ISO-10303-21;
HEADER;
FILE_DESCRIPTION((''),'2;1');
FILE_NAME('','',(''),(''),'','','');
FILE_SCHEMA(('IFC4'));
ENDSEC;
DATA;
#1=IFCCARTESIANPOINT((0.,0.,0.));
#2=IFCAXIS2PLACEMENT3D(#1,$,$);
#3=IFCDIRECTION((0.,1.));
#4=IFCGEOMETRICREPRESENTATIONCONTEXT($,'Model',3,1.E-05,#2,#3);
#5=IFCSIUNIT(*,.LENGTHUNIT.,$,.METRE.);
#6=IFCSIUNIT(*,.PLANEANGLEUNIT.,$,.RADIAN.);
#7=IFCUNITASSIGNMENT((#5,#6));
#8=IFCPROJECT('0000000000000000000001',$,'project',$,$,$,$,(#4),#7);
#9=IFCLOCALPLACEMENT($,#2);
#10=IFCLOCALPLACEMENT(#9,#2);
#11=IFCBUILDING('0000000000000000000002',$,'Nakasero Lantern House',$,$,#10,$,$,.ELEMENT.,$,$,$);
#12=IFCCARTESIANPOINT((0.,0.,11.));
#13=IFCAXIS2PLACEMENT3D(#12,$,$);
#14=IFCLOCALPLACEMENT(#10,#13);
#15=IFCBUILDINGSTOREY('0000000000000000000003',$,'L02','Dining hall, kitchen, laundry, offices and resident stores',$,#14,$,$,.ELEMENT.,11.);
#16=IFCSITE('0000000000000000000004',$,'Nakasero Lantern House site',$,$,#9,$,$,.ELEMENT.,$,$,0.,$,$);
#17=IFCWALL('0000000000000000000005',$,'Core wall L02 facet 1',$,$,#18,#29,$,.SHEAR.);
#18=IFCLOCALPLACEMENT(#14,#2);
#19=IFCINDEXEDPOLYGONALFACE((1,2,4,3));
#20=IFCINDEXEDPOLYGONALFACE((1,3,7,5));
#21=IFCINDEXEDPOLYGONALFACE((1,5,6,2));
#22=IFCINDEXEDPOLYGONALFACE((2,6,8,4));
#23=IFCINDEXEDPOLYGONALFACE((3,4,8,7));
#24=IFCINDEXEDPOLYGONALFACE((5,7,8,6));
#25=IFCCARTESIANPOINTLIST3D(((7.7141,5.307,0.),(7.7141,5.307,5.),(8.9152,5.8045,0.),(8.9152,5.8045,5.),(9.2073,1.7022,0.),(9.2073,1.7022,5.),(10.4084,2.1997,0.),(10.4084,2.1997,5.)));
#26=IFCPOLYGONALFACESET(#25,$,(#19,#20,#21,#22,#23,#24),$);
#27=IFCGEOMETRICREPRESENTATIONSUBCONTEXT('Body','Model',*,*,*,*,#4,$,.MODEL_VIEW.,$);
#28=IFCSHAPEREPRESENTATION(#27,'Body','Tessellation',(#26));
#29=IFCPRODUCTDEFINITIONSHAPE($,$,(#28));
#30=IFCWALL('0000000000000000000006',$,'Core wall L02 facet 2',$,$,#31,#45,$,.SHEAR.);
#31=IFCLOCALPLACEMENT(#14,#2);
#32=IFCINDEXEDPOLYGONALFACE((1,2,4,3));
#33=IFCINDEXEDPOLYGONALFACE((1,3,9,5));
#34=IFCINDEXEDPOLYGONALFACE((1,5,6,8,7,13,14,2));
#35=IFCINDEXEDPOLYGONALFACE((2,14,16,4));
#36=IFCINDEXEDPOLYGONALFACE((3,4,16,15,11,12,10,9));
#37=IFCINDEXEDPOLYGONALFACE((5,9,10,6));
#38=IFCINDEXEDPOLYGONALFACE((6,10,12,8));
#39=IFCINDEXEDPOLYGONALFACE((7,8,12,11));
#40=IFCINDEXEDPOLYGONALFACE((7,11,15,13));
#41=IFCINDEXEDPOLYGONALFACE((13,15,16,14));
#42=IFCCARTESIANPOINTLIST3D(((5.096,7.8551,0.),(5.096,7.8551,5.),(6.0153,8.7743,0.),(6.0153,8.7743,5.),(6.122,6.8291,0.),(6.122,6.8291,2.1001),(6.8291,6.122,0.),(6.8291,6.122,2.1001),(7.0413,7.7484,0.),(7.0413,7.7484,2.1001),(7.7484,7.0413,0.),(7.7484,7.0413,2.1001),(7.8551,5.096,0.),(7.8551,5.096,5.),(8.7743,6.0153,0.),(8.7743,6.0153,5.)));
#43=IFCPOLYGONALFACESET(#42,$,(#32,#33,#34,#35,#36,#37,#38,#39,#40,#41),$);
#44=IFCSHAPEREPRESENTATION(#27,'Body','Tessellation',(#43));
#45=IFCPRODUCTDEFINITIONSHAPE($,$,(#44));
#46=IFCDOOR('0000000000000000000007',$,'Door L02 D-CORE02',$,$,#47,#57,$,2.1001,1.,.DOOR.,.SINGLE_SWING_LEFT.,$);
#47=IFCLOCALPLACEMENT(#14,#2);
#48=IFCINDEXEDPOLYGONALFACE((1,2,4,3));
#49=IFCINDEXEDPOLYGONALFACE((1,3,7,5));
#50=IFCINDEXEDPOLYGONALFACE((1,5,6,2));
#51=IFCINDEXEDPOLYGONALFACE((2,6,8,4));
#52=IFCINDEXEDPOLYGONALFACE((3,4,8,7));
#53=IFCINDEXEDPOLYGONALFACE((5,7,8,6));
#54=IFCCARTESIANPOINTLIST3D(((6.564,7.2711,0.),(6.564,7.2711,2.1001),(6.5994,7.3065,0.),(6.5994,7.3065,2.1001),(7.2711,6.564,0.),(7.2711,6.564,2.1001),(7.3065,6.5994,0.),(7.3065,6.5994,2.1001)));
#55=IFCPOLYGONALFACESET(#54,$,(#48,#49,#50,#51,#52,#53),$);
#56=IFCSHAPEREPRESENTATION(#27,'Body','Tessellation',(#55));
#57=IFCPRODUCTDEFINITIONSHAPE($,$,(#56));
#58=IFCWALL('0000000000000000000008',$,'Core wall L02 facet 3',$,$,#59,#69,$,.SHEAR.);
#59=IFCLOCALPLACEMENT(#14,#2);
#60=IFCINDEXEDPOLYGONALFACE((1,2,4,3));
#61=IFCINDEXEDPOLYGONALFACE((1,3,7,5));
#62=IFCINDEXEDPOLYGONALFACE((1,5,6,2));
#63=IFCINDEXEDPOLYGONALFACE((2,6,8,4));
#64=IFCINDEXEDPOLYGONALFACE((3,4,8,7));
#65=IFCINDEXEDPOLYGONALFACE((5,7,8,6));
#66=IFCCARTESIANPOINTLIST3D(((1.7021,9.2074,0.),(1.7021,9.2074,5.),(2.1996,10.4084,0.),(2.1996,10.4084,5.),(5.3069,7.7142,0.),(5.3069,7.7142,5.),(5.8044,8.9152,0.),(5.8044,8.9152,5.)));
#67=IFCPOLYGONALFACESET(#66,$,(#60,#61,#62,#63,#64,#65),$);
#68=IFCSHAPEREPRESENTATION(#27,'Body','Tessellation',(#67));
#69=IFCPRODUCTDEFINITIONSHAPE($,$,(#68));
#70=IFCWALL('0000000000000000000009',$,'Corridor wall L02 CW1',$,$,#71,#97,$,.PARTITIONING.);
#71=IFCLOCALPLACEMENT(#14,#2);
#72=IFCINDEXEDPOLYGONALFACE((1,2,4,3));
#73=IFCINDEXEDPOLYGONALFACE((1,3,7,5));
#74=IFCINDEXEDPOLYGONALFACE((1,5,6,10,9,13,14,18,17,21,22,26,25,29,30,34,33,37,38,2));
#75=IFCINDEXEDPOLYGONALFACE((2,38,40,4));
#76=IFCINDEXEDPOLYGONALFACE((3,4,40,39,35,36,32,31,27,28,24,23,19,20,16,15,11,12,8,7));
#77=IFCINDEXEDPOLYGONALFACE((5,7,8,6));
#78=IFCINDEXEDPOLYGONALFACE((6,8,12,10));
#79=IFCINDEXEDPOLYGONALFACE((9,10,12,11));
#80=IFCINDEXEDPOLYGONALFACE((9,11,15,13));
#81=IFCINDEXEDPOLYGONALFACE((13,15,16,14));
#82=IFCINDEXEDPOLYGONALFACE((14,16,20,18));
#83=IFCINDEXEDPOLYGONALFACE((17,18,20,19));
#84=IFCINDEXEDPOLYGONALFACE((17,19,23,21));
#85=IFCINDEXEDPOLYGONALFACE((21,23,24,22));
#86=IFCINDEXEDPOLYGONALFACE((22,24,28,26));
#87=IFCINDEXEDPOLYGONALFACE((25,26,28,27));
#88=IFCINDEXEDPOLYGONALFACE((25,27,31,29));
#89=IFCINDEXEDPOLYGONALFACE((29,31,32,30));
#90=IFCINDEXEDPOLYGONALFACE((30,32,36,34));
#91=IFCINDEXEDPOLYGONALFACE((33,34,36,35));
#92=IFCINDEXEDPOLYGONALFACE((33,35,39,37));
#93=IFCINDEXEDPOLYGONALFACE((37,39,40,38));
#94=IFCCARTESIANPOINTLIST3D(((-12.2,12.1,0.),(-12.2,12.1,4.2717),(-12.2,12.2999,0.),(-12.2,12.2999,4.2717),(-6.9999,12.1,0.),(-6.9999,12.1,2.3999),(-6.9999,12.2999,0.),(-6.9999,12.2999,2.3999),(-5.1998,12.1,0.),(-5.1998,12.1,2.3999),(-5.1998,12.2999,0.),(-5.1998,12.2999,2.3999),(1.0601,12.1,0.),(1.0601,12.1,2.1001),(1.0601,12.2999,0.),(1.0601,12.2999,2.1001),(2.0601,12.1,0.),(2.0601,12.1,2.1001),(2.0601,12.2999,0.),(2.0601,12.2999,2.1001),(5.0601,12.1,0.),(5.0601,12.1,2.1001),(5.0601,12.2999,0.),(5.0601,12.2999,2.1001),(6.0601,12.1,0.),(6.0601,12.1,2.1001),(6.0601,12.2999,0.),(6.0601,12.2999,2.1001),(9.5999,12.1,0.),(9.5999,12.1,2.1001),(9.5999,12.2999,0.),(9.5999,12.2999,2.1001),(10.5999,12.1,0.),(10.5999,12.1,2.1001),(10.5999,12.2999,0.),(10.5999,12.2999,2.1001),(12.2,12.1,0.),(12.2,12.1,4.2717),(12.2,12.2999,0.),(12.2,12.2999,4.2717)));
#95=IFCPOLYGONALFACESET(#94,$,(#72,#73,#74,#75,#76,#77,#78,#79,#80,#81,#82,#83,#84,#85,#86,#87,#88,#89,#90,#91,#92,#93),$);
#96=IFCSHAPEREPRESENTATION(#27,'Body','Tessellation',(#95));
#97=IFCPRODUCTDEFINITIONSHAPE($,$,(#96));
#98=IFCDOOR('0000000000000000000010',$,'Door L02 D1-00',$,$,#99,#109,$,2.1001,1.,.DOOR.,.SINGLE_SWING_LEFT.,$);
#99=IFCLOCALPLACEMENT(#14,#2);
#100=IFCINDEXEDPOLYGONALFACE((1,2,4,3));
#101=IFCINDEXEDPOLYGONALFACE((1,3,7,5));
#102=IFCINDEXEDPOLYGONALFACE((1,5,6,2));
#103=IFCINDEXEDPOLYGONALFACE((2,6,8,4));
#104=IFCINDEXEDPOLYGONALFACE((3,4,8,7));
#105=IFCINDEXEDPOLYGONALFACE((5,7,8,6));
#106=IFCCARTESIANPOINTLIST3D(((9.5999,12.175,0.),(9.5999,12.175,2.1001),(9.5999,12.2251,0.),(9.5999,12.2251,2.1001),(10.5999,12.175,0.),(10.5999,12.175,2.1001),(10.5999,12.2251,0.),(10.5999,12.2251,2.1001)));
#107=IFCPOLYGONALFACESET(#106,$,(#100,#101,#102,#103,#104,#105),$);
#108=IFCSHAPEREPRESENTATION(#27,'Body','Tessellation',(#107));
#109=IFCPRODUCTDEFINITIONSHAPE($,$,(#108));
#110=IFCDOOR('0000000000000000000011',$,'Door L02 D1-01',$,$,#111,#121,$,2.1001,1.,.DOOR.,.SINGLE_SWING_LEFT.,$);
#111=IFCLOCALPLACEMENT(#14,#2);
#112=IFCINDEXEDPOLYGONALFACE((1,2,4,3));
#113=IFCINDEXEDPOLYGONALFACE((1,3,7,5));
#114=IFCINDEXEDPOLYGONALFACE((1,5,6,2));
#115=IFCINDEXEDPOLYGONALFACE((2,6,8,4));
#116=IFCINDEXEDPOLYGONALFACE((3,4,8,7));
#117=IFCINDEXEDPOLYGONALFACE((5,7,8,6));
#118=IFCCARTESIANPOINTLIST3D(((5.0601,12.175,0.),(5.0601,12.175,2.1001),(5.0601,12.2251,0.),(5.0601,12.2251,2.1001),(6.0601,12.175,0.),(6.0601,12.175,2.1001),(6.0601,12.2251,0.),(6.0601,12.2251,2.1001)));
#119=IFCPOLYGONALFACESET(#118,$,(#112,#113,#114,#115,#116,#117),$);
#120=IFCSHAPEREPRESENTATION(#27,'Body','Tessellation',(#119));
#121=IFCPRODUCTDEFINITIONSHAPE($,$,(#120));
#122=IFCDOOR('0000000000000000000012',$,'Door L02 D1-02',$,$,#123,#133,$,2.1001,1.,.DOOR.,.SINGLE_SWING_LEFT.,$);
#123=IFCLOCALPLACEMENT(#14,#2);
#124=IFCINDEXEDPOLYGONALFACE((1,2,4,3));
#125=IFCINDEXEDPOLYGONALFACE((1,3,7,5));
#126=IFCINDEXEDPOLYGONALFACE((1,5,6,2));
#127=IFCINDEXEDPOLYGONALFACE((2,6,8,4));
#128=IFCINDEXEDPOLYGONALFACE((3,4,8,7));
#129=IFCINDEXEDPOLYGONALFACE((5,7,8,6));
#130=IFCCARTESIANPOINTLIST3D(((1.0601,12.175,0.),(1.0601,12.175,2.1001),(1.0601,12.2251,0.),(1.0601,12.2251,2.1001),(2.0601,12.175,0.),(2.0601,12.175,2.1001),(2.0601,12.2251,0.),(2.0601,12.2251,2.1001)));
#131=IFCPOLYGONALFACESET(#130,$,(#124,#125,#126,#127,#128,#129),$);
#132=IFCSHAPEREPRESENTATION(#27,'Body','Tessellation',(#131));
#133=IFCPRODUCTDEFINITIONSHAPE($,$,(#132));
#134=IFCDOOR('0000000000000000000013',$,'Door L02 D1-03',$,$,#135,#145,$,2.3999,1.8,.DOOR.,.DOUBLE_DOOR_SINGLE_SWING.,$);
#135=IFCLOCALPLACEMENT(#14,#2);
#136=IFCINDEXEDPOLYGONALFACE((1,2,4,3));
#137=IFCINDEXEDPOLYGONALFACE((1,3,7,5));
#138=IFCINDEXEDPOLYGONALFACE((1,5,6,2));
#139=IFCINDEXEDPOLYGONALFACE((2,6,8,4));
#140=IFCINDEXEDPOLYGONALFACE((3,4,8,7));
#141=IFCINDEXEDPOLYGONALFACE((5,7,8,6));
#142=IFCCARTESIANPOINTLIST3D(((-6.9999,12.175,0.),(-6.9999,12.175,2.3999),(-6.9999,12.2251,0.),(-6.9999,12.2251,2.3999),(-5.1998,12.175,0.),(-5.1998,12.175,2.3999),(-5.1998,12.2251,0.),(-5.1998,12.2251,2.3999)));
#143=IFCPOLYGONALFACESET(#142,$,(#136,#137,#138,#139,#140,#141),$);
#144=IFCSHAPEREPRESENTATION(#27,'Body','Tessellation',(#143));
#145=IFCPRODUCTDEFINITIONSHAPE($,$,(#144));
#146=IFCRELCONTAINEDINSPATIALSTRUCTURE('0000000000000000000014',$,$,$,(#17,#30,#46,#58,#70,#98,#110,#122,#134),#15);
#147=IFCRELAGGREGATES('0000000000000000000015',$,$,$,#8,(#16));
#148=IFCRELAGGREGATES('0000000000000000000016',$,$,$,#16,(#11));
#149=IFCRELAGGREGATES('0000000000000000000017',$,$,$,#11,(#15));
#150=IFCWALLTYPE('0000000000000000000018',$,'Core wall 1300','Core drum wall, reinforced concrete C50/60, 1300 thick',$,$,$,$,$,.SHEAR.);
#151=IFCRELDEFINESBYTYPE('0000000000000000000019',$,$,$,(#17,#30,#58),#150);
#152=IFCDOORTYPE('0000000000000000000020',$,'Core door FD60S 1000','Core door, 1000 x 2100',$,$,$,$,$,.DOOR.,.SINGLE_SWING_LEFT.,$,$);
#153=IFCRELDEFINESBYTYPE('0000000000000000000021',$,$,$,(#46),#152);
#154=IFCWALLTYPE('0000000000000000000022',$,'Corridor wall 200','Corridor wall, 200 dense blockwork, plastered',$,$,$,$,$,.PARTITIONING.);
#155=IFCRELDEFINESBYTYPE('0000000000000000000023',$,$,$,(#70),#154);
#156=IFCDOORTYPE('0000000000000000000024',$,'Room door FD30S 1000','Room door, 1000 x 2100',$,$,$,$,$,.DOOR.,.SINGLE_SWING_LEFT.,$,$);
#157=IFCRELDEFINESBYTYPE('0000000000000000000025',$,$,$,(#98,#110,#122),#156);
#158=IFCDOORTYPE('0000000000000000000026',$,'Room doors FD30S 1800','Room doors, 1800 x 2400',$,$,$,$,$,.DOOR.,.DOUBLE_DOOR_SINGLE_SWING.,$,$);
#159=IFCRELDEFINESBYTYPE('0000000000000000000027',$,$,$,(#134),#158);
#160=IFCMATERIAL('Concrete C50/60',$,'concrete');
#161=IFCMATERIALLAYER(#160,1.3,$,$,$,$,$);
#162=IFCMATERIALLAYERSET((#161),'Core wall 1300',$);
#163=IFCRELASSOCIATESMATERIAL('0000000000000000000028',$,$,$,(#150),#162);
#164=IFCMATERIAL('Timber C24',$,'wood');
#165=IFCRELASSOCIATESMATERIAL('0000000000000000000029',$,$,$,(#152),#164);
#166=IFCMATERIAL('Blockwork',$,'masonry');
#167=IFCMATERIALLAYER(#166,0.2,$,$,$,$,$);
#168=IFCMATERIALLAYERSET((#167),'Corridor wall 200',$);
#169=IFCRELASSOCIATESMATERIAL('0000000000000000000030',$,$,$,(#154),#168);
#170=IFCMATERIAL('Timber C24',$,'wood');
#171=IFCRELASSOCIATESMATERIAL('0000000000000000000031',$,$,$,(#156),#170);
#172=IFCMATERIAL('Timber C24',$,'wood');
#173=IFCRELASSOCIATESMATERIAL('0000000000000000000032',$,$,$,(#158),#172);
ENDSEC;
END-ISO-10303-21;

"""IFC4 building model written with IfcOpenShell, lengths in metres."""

from ifc_helpers import new_model, si_unit, direction, frame, frame_2d, origin, place, context, subcontext, project, spatial, rectangle, extrude, material, layer, layer_set, type_object, element, fill, save


model = new_model("IFC4")

# Units and contexts
model_context = context("Model", 3, precision=1e-05, world=origin(), true_north=direction((0.0, 1.0)))
body_context = subcontext(model_context, "Body", "Model", "MODEL_VIEW")
ifc_project = project(units=[si_unit("LENGTHUNIT", "METRE"), si_unit("PLANEANGLEUNIT", "RADIAN")], contexts=[model_context])

# Site, building, storey
site_placement = place(None, origin())
site = spatial("IfcSite", under=ifc_project, at=site_placement, Name="Nakasero Lantern House site", CompositionType="ELEMENT", RefElevation=0.0)
building_placement = place(site_placement, origin())
building = spatial("IfcBuilding", under=site, at=building_placement, Name="Nakasero Lantern House", CompositionType="ELEMENT")
storey_placement = place(building_placement, frame((0.0, 0.0, 11.0)))
storey = spatial("IfcBuildingStorey", under=building, at=storey_placement, Name="L02", Description="Dining hall, kitchen, laundry, offices and resident stores", CompositionType="ELEMENT", Elevation=11.0)

# Wall
ifc_material_1 = material(Name="Concrete C50/60", Category="concrete")
ifc_layer_1 = layer(ifc_material_1, 1.3)
ifc_layer_set_1 = layer_set([ifc_layer_1], Name="Core wall 1300")
wall_type_1 = type_object("IfcWallType", Name="Core wall 1300", Description="Core drum wall, reinforced concrete C50/60, 1300 thick", PredefinedType="SHEAR", material=ifc_layer_set_1)
wall_1_placement = place(storey_placement, frame((9.8079, 1.9509, 0.0), z_axis=(0.0, 0.0, 1.0), x_axis=(-0.382691, 0.923877, 0.0)))
element("IfcWall", 1, at=wall_1_placement, inside=storey, type_object=wall_type_1, Name="Core wall L02 facet 1", PredefinedType="SHEAR", context=body_context, shape_type="SweptSolid", body=[
    extrude(rectangle(XDim=3.9019, YDim=1.3, at=frame_2d((1.9509, 0.0))), origin(), (0.0, 0.0, 1.0), 5.0),
])

# Wall, opening, door
wall_2_placement = place(storey_placement, frame((8.3147, 5.5557, 0.0), z_axis=(0.0, 0.0, 1.0), x_axis=(-0.707107, 0.707107, 0.0)))
wall_2 = element("IfcWall", 2, at=wall_2_placement, inside=storey, type_object=wall_type_1, Name="Core wall L02 facet 2", PredefinedType="SHEAR", context=body_context, shape_type="SweptSolid", body=[
    extrude(rectangle(XDim=3.9019, YDim=1.3, at=frame_2d((1.9509, 0.0))), origin(), (0.0, 0.0, 1.0), 5.0),
])
opening_1_placement = place(wall_2_placement, frame((1.4509, 0.0, 0.0)))
opening_1 = element("IfcOpeningElement", 3, at=opening_1_placement, cuts=wall_2, PredefinedType="OPENING", context=body_context, shape_type="SweptSolid", body=[
    extrude(rectangle(XDim=1.0, YDim=2.1001, at=frame_2d((0.5, 1.05))), frame((0.0, 0.6699, 0.0), z_axis=(0.0, -1.0, 0.0), x_axis=(1.0, 0.0, 0.0)), (0.0, 0.0, 1.0), 1.3401),
])
ifc_material_2 = material(Name="Timber C24", Category="wood")
door_type_1 = type_object("IfcDoorType", Name="Core door FD60S 1000", Description="Core door, 1000 x 2100", OperationType="SINGLE_SWING_LEFT", PredefinedType="DOOR", material=ifc_material_2)
door_1_placement = place(opening_1_placement, origin())
door_1 = element("IfcDoor", 4, at=door_1_placement, inside=storey, type_object=door_type_1, Name="Door L02 D-CORE02", OperationType="SINGLE_SWING_LEFT", OverallHeight=2.1001, OverallWidth=1.0, PredefinedType="DOOR", context=body_context, shape_type="SweptSolid", body=[
    extrude(rectangle(XDim=1.0, YDim=2.1001, at=frame_2d((0.5, 1.05))), frame((0.0, 0.0249, 0.0), z_axis=(0.0, -1.0, 0.0), x_axis=(1.0, 0.0, 0.0)), (0.0, 0.0, 1.0), 0.05),
])
fill(opening_1, door_1)

# Wall
wall_3_placement = place(storey_placement, frame((5.5557, 8.3147, 0.0), z_axis=(0.0, 0.0, 1.0), x_axis=(-0.923877, 0.382691, 0.0)))
element("IfcWall", 5, at=wall_3_placement, inside=storey, type_object=wall_type_1, Name="Core wall L02 facet 3", PredefinedType="SHEAR", context=body_context, shape_type="SweptSolid", body=[
    extrude(rectangle(XDim=3.9019, YDim=1.3, at=frame_2d((1.9509, 0.0))), origin(), (0.0, 0.0, 1.0), 5.0),
])

# Wall, openings, doors
ifc_material_3 = material(Name="Blockwork", Category="masonry")
ifc_layer_2 = layer(ifc_material_3, 0.2)
ifc_layer_set_2 = layer_set([ifc_layer_2], Name="Corridor wall 200")
wall_type_2 = type_object("IfcWallType", Name="Corridor wall 200", Description="Corridor wall, 200 dense blockwork, plastered", PredefinedType="PARTITIONING", material=ifc_layer_set_2)
wall_4_placement = place(storey_placement, frame((12.2, 12.2, 0.0), z_axis=(0.0, 0.0, 1.0), x_axis=(-1.0, 0.0, 0.0)))
wall_4 = element("IfcWall", 6, at=wall_4_placement, inside=storey, type_object=wall_type_2, Name="Corridor wall L02 CW1", PredefinedType="PARTITIONING", context=body_context, shape_type="SweptSolid", body=[
    extrude(rectangle(XDim=24.3999, YDim=0.2, at=frame_2d((12.2, 0.0))), origin(), (0.0, 0.0, 1.0), 4.2717),
])
opening_2_placement = place(wall_4_placement, frame((1.6001, 0.0, 0.0)))
opening_2 = element("IfcOpeningElement", 7, at=opening_2_placement, cuts=wall_4, PredefinedType="OPENING", context=body_context, shape_type="SweptSolid", body=[
    extrude(rectangle(XDim=1.0, YDim=2.1001, at=frame_2d((0.5, 1.05))), frame((0.0, 0.1199, 0.0), z_axis=(0.0, -1.0, 0.0), x_axis=(1.0, 0.0, 0.0)), (0.0, 0.0, 1.0), 0.24),
])
opening_3_placement = place(wall_4_placement, frame((6.1399, 0.0, 0.0)))
opening_3 = element("IfcOpeningElement", 8, at=opening_3_placement, cuts=wall_4, PredefinedType="OPENING", context=body_context, shape_type="SweptSolid", body=[
    extrude(rectangle(XDim=1.0, YDim=2.1001, at=frame_2d((0.5, 1.05))), frame((0.0, 0.1199, 0.0), z_axis=(0.0, -1.0, 0.0), x_axis=(1.0, 0.0, 0.0)), (0.0, 0.0, 1.0), 0.24),
])
opening_4_placement = place(wall_4_placement, frame((10.1399, 0.0, 0.0)))
opening_4 = element("IfcOpeningElement", 9, at=opening_4_placement, cuts=wall_4, PredefinedType="OPENING", context=body_context, shape_type="SweptSolid", body=[
    extrude(rectangle(XDim=1.0, YDim=2.1001, at=frame_2d((0.5, 1.05))), frame((0.0, 0.1199, 0.0), z_axis=(0.0, -1.0, 0.0), x_axis=(1.0, 0.0, 0.0)), (0.0, 0.0, 1.0), 0.24),
])
opening_5_placement = place(wall_4_placement, frame((17.3999, 0.0, 0.0)))
opening_5 = element("IfcOpeningElement", 10, at=opening_5_placement, cuts=wall_4, PredefinedType="OPENING", context=body_context, shape_type="SweptSolid", body=[
    extrude(rectangle(XDim=1.8, YDim=2.3999, at=frame_2d((0.8999, 1.2))), frame((0.0, 0.1199, 0.0), z_axis=(0.0, -1.0, 0.0), x_axis=(1.0, 0.0, 0.0)), (0.0, 0.0, 1.0), 0.24),
])
ifc_material_4 = material(Name="Timber C24", Category="wood")
door_type_2 = type_object("IfcDoorType", Name="Room door FD30S 1000", Description="Room door, 1000 x 2100", OperationType="SINGLE_SWING_LEFT", PredefinedType="DOOR", material=ifc_material_4)
door_2_placement = place(opening_2_placement, origin())
door_2 = element("IfcDoor", 11, at=door_2_placement, inside=storey, type_object=door_type_2, Name="Door L02 D1-00", OperationType="SINGLE_SWING_LEFT", OverallHeight=2.1001, OverallWidth=1.0, PredefinedType="DOOR", context=body_context, shape_type="SweptSolid", body=[
    extrude(rectangle(XDim=1.0, YDim=2.1001, at=frame_2d((0.5, 1.05))), frame((0.0, 0.0249, 0.0), z_axis=(0.0, -1.0, 0.0), x_axis=(1.0, 0.0, 0.0)), (0.0, 0.0, 1.0), 0.05),
])
fill(opening_2, door_2)
door_3_placement = place(opening_3_placement, origin())
door_3 = element("IfcDoor", 12, at=door_3_placement, inside=storey, type_object=door_type_2, Name="Door L02 D1-01", OperationType="SINGLE_SWING_LEFT", OverallHeight=2.1001, OverallWidth=1.0, PredefinedType="DOOR", context=body_context, shape_type="SweptSolid", body=[
    extrude(rectangle(XDim=1.0, YDim=2.1001, at=frame_2d((0.5, 1.05))), frame((0.0, 0.0249, 0.0), z_axis=(0.0, -1.0, 0.0), x_axis=(1.0, 0.0, 0.0)), (0.0, 0.0, 1.0), 0.05),
])
fill(opening_3, door_3)
door_4_placement = place(opening_4_placement, origin())
door_4 = element("IfcDoor", 13, at=door_4_placement, inside=storey, type_object=door_type_2, Name="Door L02 D1-02", OperationType="SINGLE_SWING_LEFT", OverallHeight=2.1001, OverallWidth=1.0, PredefinedType="DOOR", context=body_context, shape_type="SweptSolid", body=[
    extrude(rectangle(XDim=1.0, YDim=2.1001, at=frame_2d((0.5, 1.05))), frame((0.0, 0.0249, 0.0), z_axis=(0.0, -1.0, 0.0), x_axis=(1.0, 0.0, 0.0)), (0.0, 0.0, 1.0), 0.05),
])
fill(opening_4, door_4)
ifc_material_5 = material(Name="Timber C24", Category="wood")
door_type_3 = type_object("IfcDoorType", Name="Room doors FD30S 1800", Description="Room doors, 1800 x 2400", OperationType="DOUBLE_DOOR_SINGLE_SWING", PredefinedType="DOOR", material=ifc_material_5)
door_5_placement = place(opening_5_placement, origin())
door_5 = element("IfcDoor", 14, at=door_5_placement, inside=storey, type_object=door_type_3, Name="Door L02 D1-03", OperationType="DOUBLE_DOOR_SINGLE_SWING", OverallHeight=2.3999, OverallWidth=1.8, PredefinedType="DOOR", context=body_context, shape_type="SweptSolid", body=[
    extrude(rectangle(XDim=1.8, YDim=2.3999, at=frame_2d((0.8999, 1.2))), frame((0.0, 0.0249, 0.0), z_axis=(0.0, -1.0, 0.0), x_axis=(1.0, 0.0, 0.0)), (0.0, 0.0, 1.0), 0.05),
])
fill(opening_5, door_5)

save(model, "model.ifc")
